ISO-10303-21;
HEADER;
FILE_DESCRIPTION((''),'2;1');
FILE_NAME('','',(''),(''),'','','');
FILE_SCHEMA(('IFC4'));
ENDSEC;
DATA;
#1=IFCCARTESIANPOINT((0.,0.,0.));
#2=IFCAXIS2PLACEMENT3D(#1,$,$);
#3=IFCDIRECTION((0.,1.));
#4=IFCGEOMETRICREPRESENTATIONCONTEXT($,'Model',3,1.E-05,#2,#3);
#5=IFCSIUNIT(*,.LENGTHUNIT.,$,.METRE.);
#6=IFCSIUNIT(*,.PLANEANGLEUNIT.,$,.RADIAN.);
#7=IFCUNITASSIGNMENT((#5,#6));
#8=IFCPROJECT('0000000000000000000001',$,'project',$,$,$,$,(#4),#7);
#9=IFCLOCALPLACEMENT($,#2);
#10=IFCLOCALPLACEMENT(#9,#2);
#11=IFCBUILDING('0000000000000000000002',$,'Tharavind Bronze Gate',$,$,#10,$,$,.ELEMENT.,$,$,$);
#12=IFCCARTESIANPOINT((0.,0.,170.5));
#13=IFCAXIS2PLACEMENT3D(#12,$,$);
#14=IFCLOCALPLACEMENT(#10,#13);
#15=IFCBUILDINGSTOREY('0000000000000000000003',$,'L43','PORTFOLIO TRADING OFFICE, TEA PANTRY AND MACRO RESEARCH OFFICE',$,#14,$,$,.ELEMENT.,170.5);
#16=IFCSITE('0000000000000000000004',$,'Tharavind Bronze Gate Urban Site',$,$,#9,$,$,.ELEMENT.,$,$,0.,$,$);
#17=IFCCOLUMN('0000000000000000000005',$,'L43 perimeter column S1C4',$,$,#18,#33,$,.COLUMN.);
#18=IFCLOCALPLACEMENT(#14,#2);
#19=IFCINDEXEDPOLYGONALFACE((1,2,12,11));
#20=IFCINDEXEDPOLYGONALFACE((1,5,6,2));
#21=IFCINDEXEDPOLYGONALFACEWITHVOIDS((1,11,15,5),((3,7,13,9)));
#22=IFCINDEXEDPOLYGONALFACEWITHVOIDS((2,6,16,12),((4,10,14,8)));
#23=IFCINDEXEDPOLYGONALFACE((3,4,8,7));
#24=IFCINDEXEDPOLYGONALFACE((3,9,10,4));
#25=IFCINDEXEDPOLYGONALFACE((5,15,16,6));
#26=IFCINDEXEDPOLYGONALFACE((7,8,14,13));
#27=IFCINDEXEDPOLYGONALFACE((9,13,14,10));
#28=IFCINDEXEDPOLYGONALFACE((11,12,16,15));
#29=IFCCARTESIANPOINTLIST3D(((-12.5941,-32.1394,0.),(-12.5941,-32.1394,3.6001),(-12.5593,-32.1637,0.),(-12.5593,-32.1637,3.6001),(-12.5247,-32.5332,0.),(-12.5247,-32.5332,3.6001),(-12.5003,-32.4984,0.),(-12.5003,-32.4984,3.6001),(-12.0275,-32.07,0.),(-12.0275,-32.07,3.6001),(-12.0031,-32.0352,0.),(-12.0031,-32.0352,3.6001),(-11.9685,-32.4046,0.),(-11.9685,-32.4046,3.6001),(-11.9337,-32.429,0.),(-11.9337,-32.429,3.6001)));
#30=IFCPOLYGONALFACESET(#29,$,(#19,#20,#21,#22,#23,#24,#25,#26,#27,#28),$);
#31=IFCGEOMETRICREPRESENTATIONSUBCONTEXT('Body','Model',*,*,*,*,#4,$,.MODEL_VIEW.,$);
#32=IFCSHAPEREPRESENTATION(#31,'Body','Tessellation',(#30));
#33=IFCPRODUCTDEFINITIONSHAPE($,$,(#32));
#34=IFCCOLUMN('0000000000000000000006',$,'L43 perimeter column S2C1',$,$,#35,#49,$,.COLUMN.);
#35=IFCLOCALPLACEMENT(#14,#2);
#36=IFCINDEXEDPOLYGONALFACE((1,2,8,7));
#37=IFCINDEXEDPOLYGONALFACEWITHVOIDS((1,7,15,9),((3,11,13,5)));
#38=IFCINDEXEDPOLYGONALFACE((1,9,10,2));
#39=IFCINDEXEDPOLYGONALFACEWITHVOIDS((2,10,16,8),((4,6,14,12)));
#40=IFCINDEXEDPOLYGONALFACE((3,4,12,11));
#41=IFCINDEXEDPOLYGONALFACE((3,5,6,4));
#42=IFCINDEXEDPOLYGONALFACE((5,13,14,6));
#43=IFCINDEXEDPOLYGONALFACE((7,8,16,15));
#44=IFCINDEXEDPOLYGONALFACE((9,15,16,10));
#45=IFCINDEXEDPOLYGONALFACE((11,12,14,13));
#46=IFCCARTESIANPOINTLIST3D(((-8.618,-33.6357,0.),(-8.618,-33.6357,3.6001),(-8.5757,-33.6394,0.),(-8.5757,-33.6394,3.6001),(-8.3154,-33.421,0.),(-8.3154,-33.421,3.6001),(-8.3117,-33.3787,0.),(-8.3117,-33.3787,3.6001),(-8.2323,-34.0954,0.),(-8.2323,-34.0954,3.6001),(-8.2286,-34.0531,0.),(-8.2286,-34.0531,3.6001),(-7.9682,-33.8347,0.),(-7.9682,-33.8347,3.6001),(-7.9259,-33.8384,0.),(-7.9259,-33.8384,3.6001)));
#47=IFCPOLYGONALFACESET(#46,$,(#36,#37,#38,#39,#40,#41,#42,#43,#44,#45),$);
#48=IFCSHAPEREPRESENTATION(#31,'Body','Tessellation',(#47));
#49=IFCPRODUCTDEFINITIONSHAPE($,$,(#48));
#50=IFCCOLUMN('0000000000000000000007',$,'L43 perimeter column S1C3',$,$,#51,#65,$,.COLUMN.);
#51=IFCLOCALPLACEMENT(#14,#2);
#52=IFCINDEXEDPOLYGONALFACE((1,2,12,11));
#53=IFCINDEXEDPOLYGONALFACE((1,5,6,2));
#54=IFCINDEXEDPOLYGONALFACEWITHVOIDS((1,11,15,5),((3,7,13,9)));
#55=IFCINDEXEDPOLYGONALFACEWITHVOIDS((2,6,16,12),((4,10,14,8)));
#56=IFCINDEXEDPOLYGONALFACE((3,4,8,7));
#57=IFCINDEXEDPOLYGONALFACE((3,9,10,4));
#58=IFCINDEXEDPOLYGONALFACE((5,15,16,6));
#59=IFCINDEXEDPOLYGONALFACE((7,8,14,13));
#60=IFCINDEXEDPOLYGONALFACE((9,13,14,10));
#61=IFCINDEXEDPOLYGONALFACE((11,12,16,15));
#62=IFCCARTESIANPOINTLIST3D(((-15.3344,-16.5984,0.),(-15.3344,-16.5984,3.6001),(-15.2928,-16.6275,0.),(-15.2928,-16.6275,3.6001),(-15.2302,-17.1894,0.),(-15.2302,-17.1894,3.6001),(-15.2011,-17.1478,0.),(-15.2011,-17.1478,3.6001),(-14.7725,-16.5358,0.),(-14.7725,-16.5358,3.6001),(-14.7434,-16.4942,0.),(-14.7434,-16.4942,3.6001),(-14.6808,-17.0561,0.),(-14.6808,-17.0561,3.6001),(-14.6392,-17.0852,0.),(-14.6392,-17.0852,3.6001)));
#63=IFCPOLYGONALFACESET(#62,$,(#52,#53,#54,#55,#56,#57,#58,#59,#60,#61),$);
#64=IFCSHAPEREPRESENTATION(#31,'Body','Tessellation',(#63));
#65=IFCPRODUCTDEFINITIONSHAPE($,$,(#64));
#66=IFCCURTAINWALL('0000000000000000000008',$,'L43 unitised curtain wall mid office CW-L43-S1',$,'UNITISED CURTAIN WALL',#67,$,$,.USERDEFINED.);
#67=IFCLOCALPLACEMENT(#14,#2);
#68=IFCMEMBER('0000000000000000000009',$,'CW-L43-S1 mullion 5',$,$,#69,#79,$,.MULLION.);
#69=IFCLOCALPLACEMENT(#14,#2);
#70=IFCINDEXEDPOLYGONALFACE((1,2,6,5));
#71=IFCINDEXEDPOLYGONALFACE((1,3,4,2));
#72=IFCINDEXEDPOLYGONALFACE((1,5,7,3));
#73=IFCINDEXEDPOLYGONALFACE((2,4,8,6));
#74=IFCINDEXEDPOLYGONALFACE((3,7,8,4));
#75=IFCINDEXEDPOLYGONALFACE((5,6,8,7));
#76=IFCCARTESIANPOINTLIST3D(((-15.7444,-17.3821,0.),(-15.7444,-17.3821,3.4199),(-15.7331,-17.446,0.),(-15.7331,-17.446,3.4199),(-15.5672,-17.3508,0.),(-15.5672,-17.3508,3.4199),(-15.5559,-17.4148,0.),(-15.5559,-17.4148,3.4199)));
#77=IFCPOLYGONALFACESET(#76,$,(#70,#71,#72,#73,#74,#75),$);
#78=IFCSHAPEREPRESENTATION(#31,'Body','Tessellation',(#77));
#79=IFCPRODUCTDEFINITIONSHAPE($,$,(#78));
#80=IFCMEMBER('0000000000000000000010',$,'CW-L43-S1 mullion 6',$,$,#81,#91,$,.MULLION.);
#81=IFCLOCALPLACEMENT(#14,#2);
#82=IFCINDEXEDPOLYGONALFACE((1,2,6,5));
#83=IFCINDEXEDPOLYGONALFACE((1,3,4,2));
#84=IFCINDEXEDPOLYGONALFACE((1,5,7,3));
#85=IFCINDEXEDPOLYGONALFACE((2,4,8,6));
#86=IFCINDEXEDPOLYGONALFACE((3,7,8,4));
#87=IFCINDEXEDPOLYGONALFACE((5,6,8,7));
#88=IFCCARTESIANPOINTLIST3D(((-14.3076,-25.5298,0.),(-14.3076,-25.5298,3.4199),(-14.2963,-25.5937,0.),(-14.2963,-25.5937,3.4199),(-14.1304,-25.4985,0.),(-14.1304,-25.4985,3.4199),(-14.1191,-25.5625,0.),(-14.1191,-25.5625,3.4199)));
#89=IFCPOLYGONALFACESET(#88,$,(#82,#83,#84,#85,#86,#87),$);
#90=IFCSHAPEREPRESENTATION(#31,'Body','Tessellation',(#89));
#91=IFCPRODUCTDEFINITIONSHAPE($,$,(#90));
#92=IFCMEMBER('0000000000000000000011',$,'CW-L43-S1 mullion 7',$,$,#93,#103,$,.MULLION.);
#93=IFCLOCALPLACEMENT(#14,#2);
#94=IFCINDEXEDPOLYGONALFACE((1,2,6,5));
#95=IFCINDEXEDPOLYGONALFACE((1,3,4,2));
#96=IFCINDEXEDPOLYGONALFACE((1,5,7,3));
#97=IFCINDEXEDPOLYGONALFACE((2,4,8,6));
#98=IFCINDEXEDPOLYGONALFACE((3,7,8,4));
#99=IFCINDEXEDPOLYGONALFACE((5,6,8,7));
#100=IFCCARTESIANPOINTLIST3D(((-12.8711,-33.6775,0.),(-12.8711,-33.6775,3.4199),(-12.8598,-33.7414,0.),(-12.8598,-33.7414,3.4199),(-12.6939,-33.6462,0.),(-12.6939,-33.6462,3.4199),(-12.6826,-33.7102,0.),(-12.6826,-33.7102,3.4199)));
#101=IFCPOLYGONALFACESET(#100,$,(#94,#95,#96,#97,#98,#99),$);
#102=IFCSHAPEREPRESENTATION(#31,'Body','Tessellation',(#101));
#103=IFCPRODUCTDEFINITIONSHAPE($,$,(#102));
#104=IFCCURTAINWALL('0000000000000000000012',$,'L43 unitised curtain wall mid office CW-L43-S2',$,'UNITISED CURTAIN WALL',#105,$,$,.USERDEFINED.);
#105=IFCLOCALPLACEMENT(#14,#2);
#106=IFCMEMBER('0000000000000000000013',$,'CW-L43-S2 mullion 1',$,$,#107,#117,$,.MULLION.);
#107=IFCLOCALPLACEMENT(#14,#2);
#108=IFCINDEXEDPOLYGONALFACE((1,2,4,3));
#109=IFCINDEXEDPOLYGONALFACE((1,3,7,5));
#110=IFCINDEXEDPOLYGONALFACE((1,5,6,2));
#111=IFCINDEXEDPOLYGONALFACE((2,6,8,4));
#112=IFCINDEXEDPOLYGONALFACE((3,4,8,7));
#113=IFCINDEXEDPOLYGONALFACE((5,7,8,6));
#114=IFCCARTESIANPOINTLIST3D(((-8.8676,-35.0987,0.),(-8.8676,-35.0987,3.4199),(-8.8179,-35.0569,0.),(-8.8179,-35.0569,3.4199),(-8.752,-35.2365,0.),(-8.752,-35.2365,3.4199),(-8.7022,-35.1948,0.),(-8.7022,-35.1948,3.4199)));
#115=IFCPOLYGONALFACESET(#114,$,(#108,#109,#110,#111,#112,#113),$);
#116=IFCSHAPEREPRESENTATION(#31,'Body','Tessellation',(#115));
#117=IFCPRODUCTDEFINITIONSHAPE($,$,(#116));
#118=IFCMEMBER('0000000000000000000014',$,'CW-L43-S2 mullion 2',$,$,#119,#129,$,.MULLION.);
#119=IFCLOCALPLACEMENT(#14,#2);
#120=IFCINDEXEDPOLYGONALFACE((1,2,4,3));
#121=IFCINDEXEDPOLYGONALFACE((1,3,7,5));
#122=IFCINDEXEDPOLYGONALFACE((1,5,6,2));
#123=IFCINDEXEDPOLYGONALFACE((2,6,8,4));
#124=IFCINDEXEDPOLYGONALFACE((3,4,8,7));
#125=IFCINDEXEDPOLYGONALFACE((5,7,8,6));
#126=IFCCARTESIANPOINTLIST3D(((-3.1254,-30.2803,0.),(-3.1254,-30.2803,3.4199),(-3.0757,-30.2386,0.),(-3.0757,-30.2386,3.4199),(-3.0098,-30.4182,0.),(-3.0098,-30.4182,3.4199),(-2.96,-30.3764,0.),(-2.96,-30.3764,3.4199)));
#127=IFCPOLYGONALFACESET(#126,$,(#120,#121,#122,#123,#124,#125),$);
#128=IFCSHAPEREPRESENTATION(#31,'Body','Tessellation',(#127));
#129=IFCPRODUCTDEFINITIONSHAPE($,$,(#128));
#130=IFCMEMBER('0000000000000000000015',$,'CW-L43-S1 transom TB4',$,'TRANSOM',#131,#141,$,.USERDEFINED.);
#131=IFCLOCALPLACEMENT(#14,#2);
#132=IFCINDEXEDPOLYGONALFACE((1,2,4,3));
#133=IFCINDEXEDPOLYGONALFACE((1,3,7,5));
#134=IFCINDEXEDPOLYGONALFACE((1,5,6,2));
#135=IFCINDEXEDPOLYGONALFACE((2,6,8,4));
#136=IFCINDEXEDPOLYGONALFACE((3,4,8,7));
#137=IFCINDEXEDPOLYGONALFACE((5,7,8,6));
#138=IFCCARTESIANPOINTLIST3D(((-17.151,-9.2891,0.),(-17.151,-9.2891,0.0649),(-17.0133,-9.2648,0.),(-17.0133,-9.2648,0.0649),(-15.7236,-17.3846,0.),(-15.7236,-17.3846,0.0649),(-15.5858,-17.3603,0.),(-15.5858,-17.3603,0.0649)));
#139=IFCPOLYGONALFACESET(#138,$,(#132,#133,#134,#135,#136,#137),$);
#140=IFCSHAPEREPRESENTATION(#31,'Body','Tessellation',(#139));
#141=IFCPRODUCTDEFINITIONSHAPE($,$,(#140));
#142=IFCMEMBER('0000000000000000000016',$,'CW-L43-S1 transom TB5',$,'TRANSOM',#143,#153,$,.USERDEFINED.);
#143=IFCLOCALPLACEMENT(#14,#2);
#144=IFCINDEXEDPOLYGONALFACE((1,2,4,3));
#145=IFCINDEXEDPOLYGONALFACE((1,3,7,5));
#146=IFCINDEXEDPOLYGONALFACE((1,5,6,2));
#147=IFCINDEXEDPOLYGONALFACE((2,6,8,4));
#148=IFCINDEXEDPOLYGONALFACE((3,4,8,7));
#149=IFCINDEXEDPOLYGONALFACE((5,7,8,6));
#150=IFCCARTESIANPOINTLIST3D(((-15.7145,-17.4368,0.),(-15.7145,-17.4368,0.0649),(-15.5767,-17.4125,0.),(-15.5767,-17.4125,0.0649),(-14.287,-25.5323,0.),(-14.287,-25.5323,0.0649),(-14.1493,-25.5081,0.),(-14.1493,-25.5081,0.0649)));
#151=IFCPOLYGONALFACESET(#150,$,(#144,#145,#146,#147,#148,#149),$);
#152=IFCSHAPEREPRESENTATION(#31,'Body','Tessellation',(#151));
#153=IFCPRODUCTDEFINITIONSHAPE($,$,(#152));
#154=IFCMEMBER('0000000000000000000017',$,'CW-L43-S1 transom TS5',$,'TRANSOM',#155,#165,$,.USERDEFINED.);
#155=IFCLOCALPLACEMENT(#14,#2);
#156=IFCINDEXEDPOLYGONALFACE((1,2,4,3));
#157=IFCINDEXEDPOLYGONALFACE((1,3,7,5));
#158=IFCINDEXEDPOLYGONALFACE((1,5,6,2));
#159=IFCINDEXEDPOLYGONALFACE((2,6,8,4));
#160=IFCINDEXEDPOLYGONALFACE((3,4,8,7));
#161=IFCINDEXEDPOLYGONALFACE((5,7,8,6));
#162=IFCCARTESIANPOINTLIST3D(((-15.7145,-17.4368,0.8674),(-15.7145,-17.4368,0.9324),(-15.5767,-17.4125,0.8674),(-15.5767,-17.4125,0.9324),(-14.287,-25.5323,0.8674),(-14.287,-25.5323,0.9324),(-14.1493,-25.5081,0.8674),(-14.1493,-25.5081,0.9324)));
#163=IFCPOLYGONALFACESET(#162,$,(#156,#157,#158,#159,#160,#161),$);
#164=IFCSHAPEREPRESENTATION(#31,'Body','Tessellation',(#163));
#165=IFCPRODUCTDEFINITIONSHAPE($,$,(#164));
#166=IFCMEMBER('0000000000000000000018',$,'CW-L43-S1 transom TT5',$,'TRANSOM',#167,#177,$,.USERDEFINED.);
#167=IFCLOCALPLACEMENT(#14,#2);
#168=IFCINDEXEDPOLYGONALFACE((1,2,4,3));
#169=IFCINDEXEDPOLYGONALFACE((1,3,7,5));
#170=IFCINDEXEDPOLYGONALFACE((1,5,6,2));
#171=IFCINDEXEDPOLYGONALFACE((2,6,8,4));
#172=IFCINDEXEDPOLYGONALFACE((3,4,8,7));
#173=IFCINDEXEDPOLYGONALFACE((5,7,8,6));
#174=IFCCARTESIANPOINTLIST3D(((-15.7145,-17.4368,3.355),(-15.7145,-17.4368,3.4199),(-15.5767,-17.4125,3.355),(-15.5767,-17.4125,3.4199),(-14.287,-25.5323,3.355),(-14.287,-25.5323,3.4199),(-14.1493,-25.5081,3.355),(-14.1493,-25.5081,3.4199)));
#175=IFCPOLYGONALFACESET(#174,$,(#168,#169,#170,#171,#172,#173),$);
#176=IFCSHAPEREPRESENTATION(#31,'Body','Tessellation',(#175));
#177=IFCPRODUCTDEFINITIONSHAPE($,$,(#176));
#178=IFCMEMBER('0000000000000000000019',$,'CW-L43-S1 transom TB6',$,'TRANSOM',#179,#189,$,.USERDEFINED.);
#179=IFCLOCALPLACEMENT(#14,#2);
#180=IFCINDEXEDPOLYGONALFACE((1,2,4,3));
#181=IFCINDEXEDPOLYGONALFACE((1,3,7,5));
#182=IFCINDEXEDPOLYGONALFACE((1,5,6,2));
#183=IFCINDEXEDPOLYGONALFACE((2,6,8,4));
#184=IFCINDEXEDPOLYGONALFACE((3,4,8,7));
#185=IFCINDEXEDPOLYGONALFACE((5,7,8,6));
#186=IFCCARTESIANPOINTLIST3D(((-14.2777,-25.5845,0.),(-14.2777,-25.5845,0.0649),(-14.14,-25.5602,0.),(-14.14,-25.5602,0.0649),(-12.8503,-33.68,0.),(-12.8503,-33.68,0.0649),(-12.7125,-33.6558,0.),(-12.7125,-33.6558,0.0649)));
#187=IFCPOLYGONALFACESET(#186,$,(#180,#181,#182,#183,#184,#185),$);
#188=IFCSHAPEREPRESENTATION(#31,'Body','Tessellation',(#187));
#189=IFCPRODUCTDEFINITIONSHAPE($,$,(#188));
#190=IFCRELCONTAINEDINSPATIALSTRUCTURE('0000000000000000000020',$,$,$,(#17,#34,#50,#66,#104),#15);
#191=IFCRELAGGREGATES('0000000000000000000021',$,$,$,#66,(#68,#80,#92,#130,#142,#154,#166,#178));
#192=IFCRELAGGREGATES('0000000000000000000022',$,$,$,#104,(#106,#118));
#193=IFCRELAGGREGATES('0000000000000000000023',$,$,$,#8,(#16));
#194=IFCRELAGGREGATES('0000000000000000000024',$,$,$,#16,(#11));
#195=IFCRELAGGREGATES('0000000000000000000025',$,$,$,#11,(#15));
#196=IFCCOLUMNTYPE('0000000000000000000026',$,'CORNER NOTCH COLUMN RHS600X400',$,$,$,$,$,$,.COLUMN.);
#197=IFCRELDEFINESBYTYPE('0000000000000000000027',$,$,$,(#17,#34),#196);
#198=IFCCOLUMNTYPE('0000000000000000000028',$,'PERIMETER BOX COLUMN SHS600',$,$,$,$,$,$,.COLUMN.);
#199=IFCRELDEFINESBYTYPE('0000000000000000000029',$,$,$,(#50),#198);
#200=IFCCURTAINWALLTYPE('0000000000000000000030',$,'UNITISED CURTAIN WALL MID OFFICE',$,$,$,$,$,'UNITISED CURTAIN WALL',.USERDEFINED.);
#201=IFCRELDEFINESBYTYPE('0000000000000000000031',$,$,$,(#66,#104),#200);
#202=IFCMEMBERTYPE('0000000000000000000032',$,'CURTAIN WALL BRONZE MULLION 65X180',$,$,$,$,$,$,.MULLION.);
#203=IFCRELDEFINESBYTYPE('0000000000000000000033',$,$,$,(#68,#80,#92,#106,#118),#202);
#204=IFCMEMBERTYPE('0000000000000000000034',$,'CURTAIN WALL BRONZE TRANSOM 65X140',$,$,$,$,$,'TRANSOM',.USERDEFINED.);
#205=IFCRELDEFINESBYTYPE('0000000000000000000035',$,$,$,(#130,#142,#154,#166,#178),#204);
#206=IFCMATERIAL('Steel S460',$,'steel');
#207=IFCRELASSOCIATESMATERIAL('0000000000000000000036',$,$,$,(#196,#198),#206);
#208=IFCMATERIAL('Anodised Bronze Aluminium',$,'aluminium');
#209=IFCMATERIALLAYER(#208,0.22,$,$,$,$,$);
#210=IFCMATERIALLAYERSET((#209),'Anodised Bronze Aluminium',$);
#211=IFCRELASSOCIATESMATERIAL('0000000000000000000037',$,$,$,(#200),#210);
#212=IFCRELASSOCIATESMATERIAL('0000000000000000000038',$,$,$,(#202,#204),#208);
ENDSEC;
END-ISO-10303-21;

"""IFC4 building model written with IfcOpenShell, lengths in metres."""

from ifc_helpers import new_model, si_unit, direction, frame, origin, origin_2d, place, context, subcontext, project, spatial, rectangle, hollow_rectangle, extrude, material, layer, layer_set, material_profile, profile_set, type_object, element, aggregate, save


model = new_model("IFC4")

# Units and contexts
model_context = context("Model", 3, precision=1e-05, world=origin(), true_north=direction((0.0, 1.0)))
body_context = subcontext(model_context, "Body", "Model", "MODEL_VIEW")
ifc_project = project(units=[si_unit("LENGTHUNIT", "METRE"), si_unit("PLANEANGLEUNIT", "RADIAN")], contexts=[model_context])

# Site, building, storey
site_placement = place(None, origin())
site = spatial("IfcSite", under=ifc_project, at=site_placement, Name="Tharavind Bronze Gate Urban Site", CompositionType="ELEMENT", RefElevation=0.0)
building_placement = place(site_placement, origin())
building = spatial("IfcBuilding", under=site, at=building_placement, Name="Tharavind Bronze Gate", CompositionType="ELEMENT")
storey_placement = place(building_placement, frame((0.0, 0.0, 170.5)))
storey = spatial("IfcBuildingStorey", under=building, at=storey_placement, Name="L43", Description="PORTFOLIO TRADING OFFICE, TEA PANTRY AND MACRO RESEARCH OFFICE", CompositionType="ELEMENT", Elevation=170.5)

# Columns
ifc_material_1 = material(Name="Steel S460", Category="steel")
ifc_material_profile_1 = material_profile(ifc_material_1, hollow_rectangle(XDim=0.3999, YDim=0.6001, WallThickness=0.03, at=origin_2d()), Name="RHS600X400X30")
ifc_profile_set_1 = profile_set([ifc_material_profile_1], Name="Steel S460")
column_type_1 = type_object("IfcColumnType", Name="CORNER NOTCH COLUMN RHS600X400", PredefinedType="COLUMN", material=ifc_profile_set_1)
for number, where, z_axis, x_axis, name in (
    (1, (-12.2639, -32.2842, 0.0), (0.0, 0.0, 1.0), (-0.173648, 0.984808, 0.0), "L43 perimeter column S1C4"),
    (2, (-8.272, -33.7371, 0.0), (0.0, 0.0, 1.0), (0.766043, 0.642789, 0.0), "L43 perimeter column S2C1"),
):
    element("IfcColumn", number, at=place(storey_placement, frame(where, z_axis=z_axis, x_axis=x_axis)), inside=storey, type_object=column_type_1, Name=name, PredefinedType="COLUMN", context=body_context, shape_type="SweptSolid", body=[
        extrude(hollow_rectangle(XDim=0.3999, YDim=0.6001, WallThickness=0.03, at=origin_2d()), origin(), (0.0, 0.0, 1.0), 3.6001),
    ])
ifc_material_profile_2 = material_profile(ifc_material_1, hollow_rectangle(XDim=0.6001, YDim=0.6001, WallThickness=0.0359, at=origin_2d()), Name="SHS600X36")
ifc_profile_set_2 = profile_set([ifc_material_profile_2], Name="Steel S460")
column_type_2 = type_object("IfcColumnType", Name="PERIMETER BOX COLUMN SHS600", PredefinedType="COLUMN", material=ifc_profile_set_2)
column_placement = place(storey_placement, frame((-14.9868, -16.8418, 0.0), z_axis=(0.0, 0.0, 1.0), x_axis=(-0.173648, 0.984808, 0.0)))
element("IfcColumn", 3, at=column_placement, inside=storey, type_object=column_type_2, Name="L43 perimeter column S1C3", PredefinedType="COLUMN", context=body_context, shape_type="SweptSolid", body=[
    extrude(hollow_rectangle(XDim=0.6001, YDim=0.6001, WallThickness=0.0359, at=origin_2d()), origin(), (0.0, 0.0, 1.0), 3.6001),
])

# Curtain walls, members
ifc_material_2 = material(Name="Anodised Bronze Aluminium", Category="aluminium")
ifc_layer_1 = layer(ifc_material_2, 0.22)
ifc_layer_set_1 = layer_set([ifc_layer_1], Name="Anodised Bronze Aluminium")
curtain_wall_type = type_object("IfcCurtainWallType", Name="UNITISED CURTAIN WALL MID OFFICE", ElementType="UNITISED CURTAIN WALL", PredefinedType="USERDEFINED", material=ifc_layer_set_1)
curtain_wall_1_placement = place(storey_placement, origin())
curtain_wall_1 = element("IfcCurtainWall", 4, at=curtain_wall_1_placement, inside=storey, type_object=curtain_wall_type, Name="L43 unitised curtain wall mid office CW-L43-S1", ObjectType="UNITISED CURTAIN WALL", PredefinedType="USERDEFINED")
member_type_1 = type_object("IfcMemberType", Name="CURTAIN WALL BRONZE MULLION 65X180", PredefinedType="MULLION", material=ifc_material_2)
member_1_placement = place(storey_placement, frame((-15.6501, -17.3984, 0.0), z_axis=(0.0, 0.0, 1.0), x_axis=(0.173648, -0.984808, 0.0)))
member_1 = element("IfcMember", 5, at=member_1_placement, type_object=member_type_1, Name="CW-L43-S1 mullion 5", PredefinedType="MULLION", context=body_context, shape_type="SweptSolid", body=[
    extrude(rectangle(XDim=0.0649, YDim=0.1799, at=origin_2d()), origin(), (0.0, 0.0, 1.0), 3.4199),
])
member_2_placement = place(storey_placement, frame((-14.2134, -25.5461, 0.0), z_axis=(0.0, 0.0, 1.0), x_axis=(0.173648, -0.984808, 0.0)))
member_2 = element("IfcMember", 6, at=member_2_placement, type_object=member_type_1, Name="CW-L43-S1 mullion 6", PredefinedType="MULLION", context=body_context, shape_type="SweptSolid", body=[
    extrude(rectangle(XDim=0.0649, YDim=0.1799, at=origin_2d()), origin(), (0.0, 0.0, 1.0), 3.4199),
])
member_3_placement = place(storey_placement, frame((-12.7769, -33.6938, 0.0), z_axis=(0.0, 0.0, 1.0), x_axis=(0.173648, -0.984808, 0.0)))
member_3 = element("IfcMember", 7, at=member_3_placement, type_object=member_type_1, Name="CW-L43-S1 mullion 7", PredefinedType="MULLION", context=body_context, shape_type="SweptSolid", body=[
    extrude(rectangle(XDim=0.0649, YDim=0.1799, at=origin_2d()), origin(), (0.0, 0.0, 1.0), 3.4199),
])
curtain_wall_2_placement = place(storey_placement, origin())
curtain_wall_2 = element("IfcCurtainWall", 8, at=curtain_wall_2_placement, inside=storey, type_object=curtain_wall_type, Name="L43 unitised curtain wall mid office CW-L43-S2", ObjectType="UNITISED CURTAIN WALL", PredefinedType="USERDEFINED")
member_4_placement = place(storey_placement, frame((-8.7849, -35.1467, 0.0), z_axis=(0.0, 0.0, 1.0), x_axis=(0.766043, 0.642789, 0.0)))
member_4 = element("IfcMember", 9, at=member_4_placement, type_object=member_type_1, Name="CW-L43-S2 mullion 1", PredefinedType="MULLION", context=body_context, shape_type="SweptSolid", body=[
    extrude(rectangle(XDim=0.0649, YDim=0.1799, at=origin_2d()), origin(), (0.0, 0.0, 1.0), 3.4199),
])
member_5_placement = place(storey_placement, frame((-3.0427, -30.3284, 0.0), z_axis=(0.0, 0.0, 1.0), x_axis=(0.766043, 0.642789, 0.0)))
member_5 = element("IfcMember", 10, at=member_5_placement, type_object=member_type_1, Name="CW-L43-S2 mullion 2", PredefinedType="MULLION", context=body_context, shape_type="SweptSolid", body=[
    extrude(rectangle(XDim=0.0649, YDim=0.1799, at=origin_2d()), origin(), (0.0, 0.0, 1.0), 3.4199),
])

# Members
member_type_2 = type_object("IfcMemberType", Name="CURTAIN WALL BRONZE TRANSOM 65X140", ElementType="TRANSOM", PredefinedType="USERDEFINED", material=ifc_material_2)
member_6_placement = place(storey_placement, frame((-16.3684, -13.3247, 0.0), z_axis=(0.0, 0.0, 1.0), x_axis=(0.173648, -0.984808, 0.0)))
member_6 = element("IfcMember", 11, at=member_6_placement, type_object=member_type_2, Name="CW-L43-S1 transom TB4", ObjectType="TRANSOM", PredefinedType="USERDEFINED", context=body_context, shape_type="SweptSolid", body=[
    extrude(rectangle(XDim=8.2205, YDim=0.1399, at=origin_2d()), origin(), (0.0, 0.0, 1.0), 0.0649),
])
member_7_placement = place(storey_placement, frame((-14.9319, -21.4724, 0.0), z_axis=(0.0, 0.0, 1.0), x_axis=(0.173648, -0.984808, 0.0)))
member_7 = element("IfcMember", 12, at=member_7_placement, type_object=member_type_2, Name="CW-L43-S1 transom TB5", ObjectType="TRANSOM", PredefinedType="USERDEFINED", context=body_context, shape_type="SweptSolid", body=[
    extrude(rectangle(XDim=8.2205, YDim=0.1399, at=origin_2d()), origin(), (0.0, 0.0, 1.0), 0.0649),
])
member_8_placement = place(storey_placement, frame((-14.9319, -21.4724, 0.8674), z_axis=(0.0, 0.0, 1.0), x_axis=(0.173648, -0.984808, 0.0)))
member_8 = element("IfcMember", 13, at=member_8_placement, type_object=member_type_2, Name="CW-L43-S1 transom TS5", ObjectType="TRANSOM", PredefinedType="USERDEFINED", context=body_context, shape_type="SweptSolid", body=[
    extrude(rectangle(XDim=8.2205, YDim=0.1399, at=origin_2d()), origin(), (0.0, 0.0, 1.0), 0.0649),
])
member_9_placement = place(storey_placement, frame((-14.9319, -21.4724, 3.355), z_axis=(0.0, 0.0, 1.0), x_axis=(0.173648, -0.984808, 0.0)))
member_9 = element("IfcMember", 14, at=member_9_placement, type_object=member_type_2, Name="CW-L43-S1 transom TT5", ObjectType="TRANSOM", PredefinedType="USERDEFINED", context=body_context, shape_type="SweptSolid", body=[
    extrude(rectangle(XDim=8.2205, YDim=0.1399, at=origin_2d()), origin(), (0.0, 0.0, 1.0), 0.0649),
])
member_10_placement = place(storey_placement, frame((-13.4951, -29.6201, 0.0), z_axis=(0.0, 0.0, 1.0), x_axis=(0.173648, -0.984808, 0.0)))
member_10 = element("IfcMember", 15, at=member_10_placement, type_object=member_type_2, Name="CW-L43-S1 transom TB6", ObjectType="TRANSOM", PredefinedType="USERDEFINED", context=body_context, shape_type="SweptSolid", body=[
    extrude(rectangle(XDim=8.2205, YDim=0.1399, at=origin_2d()), origin(), (0.0, 0.0, 1.0), 0.0649),
])

aggregate(curtain_wall_1, [member_1, member_2, member_3, member_6, member_7, member_8, member_9, member_10])
aggregate(curtain_wall_2, [member_4, member_5])

save(model, "model.ifc")
